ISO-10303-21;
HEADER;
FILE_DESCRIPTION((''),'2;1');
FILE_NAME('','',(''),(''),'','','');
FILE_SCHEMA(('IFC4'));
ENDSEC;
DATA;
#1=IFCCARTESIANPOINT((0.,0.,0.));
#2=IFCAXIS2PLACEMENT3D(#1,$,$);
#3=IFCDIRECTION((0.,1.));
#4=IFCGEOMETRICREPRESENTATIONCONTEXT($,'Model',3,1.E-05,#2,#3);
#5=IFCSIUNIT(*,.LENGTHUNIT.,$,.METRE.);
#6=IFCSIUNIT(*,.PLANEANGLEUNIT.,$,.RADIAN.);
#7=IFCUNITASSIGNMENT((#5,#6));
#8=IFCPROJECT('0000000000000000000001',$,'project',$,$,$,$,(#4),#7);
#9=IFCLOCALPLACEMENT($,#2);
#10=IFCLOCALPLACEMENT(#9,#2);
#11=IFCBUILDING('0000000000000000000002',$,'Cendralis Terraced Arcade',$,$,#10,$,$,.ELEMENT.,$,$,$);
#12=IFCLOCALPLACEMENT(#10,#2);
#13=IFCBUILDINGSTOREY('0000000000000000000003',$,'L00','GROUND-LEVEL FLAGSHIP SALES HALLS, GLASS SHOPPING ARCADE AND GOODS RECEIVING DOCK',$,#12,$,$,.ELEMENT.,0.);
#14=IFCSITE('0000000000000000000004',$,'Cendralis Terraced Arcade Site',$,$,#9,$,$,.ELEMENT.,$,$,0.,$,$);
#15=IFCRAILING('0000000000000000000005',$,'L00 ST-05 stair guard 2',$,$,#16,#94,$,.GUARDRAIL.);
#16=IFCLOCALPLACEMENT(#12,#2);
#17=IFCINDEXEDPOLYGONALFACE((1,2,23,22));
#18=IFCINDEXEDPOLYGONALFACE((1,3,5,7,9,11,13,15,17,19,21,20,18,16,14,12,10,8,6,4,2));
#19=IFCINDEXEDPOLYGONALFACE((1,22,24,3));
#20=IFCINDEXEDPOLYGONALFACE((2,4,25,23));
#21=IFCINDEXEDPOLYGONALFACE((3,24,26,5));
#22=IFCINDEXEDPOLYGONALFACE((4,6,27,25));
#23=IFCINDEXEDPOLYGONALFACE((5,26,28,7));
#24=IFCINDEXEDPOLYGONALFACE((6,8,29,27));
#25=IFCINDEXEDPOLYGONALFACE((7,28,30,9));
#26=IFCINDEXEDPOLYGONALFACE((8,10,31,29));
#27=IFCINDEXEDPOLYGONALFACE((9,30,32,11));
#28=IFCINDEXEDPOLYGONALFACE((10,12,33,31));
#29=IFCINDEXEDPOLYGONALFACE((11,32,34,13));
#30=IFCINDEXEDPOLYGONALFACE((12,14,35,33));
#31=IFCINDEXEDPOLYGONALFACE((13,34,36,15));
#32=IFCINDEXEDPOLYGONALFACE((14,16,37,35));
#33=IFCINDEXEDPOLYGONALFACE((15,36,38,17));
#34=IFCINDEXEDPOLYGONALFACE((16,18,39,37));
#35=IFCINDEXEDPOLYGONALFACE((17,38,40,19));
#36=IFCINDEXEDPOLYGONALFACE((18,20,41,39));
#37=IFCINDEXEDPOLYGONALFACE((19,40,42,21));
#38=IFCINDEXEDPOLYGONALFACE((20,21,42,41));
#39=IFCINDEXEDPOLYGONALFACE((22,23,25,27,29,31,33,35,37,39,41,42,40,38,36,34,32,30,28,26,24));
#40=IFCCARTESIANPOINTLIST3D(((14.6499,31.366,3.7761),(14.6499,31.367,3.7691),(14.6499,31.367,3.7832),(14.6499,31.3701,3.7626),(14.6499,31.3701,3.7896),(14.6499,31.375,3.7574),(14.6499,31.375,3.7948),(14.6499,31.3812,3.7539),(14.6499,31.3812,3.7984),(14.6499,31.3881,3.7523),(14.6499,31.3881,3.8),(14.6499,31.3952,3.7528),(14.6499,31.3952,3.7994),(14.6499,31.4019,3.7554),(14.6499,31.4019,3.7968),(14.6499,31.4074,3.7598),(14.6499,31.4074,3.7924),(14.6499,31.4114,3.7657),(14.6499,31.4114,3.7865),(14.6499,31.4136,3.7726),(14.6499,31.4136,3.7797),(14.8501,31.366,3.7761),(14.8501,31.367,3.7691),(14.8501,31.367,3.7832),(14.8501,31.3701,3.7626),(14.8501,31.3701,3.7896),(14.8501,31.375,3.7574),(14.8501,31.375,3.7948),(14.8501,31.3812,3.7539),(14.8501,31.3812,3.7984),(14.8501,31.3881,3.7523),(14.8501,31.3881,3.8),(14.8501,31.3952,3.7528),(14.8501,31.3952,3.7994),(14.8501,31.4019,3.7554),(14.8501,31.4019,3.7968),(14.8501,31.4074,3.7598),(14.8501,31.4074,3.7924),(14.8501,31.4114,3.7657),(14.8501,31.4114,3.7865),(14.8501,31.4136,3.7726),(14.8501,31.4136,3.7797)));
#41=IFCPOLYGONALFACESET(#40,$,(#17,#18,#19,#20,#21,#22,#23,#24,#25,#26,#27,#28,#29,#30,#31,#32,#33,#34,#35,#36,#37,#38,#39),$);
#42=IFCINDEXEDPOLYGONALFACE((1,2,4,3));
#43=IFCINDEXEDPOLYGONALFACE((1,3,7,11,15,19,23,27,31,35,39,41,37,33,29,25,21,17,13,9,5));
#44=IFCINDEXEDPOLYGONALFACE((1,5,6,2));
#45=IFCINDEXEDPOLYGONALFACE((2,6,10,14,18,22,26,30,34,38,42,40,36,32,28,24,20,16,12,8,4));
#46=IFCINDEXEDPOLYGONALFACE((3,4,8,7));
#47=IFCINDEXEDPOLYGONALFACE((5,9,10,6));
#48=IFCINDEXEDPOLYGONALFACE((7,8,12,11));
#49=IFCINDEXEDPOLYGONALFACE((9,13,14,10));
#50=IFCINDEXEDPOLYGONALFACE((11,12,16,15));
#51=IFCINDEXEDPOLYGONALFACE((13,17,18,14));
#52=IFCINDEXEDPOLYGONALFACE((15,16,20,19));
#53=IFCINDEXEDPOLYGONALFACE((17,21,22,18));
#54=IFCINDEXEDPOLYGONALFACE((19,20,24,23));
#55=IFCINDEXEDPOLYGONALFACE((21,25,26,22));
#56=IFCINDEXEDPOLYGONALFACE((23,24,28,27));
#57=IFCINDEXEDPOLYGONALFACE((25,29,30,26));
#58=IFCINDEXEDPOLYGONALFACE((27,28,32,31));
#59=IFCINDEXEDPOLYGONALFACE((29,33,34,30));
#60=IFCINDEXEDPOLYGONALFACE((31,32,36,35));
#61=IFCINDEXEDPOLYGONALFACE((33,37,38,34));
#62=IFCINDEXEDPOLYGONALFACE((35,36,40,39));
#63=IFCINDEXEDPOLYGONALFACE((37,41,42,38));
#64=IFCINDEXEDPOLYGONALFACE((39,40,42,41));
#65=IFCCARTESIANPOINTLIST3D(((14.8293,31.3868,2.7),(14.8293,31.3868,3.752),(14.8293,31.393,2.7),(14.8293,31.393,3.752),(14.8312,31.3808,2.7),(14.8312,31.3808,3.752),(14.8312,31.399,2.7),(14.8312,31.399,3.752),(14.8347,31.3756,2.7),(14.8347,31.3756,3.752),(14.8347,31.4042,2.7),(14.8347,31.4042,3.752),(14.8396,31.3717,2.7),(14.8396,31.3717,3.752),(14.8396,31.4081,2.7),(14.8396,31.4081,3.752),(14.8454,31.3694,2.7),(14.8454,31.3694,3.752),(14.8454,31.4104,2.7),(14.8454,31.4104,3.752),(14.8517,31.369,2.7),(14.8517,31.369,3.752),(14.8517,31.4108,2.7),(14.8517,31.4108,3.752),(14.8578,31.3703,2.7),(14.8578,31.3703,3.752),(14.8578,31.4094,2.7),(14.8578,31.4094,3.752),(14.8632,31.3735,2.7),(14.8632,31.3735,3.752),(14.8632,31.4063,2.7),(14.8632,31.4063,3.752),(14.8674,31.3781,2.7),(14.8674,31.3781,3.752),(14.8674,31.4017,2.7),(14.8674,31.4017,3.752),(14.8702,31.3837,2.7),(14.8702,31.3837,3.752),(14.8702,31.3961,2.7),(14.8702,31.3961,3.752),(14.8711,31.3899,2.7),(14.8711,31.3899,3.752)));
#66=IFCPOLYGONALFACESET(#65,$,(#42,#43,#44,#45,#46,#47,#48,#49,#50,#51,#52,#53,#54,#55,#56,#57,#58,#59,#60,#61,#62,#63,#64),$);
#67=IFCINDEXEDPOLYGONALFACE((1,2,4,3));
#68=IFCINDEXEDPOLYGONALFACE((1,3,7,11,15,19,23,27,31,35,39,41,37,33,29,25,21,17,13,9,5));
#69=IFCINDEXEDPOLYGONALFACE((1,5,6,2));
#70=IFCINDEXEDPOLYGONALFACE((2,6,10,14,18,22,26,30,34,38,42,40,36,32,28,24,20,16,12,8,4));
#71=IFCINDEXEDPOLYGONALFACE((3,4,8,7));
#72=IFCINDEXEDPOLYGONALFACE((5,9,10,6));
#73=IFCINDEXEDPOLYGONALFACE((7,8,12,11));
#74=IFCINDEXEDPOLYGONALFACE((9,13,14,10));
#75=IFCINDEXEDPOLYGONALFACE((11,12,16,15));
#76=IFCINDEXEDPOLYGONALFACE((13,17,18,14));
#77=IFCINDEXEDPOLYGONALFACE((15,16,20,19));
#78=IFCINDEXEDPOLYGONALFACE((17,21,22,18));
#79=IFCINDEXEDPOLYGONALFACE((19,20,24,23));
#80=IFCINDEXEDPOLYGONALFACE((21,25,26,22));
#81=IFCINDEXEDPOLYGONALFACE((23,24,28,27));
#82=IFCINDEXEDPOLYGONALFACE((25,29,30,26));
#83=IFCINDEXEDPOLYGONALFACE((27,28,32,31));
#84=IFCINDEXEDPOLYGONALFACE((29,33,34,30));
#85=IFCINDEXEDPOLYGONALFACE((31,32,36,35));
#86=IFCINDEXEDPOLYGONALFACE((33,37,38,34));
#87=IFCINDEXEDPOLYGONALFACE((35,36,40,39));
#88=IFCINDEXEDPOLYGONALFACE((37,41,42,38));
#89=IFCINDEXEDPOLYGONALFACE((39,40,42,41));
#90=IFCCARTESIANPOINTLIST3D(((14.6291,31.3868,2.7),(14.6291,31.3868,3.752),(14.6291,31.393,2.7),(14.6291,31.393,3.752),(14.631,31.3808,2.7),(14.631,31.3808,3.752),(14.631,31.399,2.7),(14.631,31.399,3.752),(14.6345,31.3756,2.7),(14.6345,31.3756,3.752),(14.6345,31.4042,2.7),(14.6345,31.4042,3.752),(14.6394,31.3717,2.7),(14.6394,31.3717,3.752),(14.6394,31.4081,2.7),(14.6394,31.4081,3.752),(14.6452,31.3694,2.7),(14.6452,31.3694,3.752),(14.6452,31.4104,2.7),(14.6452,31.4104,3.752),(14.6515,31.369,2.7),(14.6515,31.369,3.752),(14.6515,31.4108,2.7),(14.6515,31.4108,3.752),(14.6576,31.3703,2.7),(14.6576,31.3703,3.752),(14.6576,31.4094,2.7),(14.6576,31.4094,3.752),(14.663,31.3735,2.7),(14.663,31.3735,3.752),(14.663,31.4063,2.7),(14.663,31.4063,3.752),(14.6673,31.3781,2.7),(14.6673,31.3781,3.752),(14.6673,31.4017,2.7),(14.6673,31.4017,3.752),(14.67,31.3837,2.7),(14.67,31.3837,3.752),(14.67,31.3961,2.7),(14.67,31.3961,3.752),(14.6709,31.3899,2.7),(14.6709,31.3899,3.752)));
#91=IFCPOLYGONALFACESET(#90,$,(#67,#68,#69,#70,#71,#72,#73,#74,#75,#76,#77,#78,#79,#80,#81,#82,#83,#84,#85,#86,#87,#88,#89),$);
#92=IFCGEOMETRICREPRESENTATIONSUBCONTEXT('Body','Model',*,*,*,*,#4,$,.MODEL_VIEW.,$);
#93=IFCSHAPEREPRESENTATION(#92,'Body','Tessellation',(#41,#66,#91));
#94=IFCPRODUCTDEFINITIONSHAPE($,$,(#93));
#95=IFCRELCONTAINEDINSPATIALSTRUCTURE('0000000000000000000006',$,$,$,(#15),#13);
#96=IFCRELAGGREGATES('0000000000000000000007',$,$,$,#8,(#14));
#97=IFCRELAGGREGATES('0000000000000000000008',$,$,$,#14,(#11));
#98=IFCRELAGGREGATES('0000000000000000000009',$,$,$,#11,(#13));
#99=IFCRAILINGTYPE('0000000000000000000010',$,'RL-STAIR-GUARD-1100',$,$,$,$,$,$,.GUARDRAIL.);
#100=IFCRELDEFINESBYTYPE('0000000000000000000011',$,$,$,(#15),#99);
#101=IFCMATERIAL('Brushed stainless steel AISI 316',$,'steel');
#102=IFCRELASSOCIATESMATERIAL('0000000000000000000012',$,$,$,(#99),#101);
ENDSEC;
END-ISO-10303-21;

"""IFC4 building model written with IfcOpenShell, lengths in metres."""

from ifc_helpers import new_model, si_unit, direction, frame, origin, origin_2d, place, context, subcontext, project, spatial, circle, extrude, material, type_object, element, save


model = new_model("IFC4")

# Units and contexts
model_context = context("Model", 3, precision=1e-05, world=origin(), true_north=direction((0.0, 1.0)))
body_context = subcontext(model_context, "Body", "Model", "MODEL_VIEW")
ifc_project = project(units=[si_unit("LENGTHUNIT", "METRE"), si_unit("PLANEANGLEUNIT", "RADIAN")], contexts=[model_context])

# Site, building, storey
site_placement = place(None, origin())
site = spatial("IfcSite", under=ifc_project, at=site_placement, Name="Cendralis Terraced Arcade Site", CompositionType="ELEMENT", RefElevation=0.0)
building_placement = place(site_placement, origin())
building = spatial("IfcBuilding", under=site, at=building_placement, Name="Cendralis Terraced Arcade", CompositionType="ELEMENT")
storey_placement = place(building_placement, origin())
storey = spatial("IfcBuildingStorey", under=building, at=storey_placement, Name="L00", Description="GROUND-LEVEL FLAGSHIP SALES HALLS, GLASS SHOPPING ARCADE AND GOODS RECEIVING DOCK", CompositionType="ELEMENT", Elevation=0.0)

# Railing
ifc_material_1 = material(Name="Brushed stainless steel AISI 316", Category="steel")
railing_type_1 = type_object("IfcRailingType", Name="RL-STAIR-GUARD-1100", PredefinedType="GUARDRAIL", material=ifc_material_1)
railing_1_placement = place(storey_placement, frame((14.8501, 31.3899, 2.7)))
element("IfcRailing", 1, at=railing_1_placement, inside=storey, type_object=railing_type_1, Name="L00 ST-05 stair guard 2", PredefinedType="GUARDRAIL", context=body_context, shape_type="SweptSolid", body=[
    extrude(circle(Radius=0.0239, at=origin_2d()), frame((0.0, 0.0, 1.0762), z_axis=(-1.0, 0.0, 0.0), x_axis=(0.0, -1.0, 0.0)), (0.0, 0.0, 1.0), 0.2002),
    extrude(circle(Radius=0.021, at=origin_2d()), origin(), (0.0, 0.0, 1.0), 1.052),
    extrude(circle(Radius=0.021, at=origin_2d()), frame((-0.2002, 0.0, 0.0)), (0.0, 0.0, 1.0), 1.052),
])

save(model, "model.ifc")
